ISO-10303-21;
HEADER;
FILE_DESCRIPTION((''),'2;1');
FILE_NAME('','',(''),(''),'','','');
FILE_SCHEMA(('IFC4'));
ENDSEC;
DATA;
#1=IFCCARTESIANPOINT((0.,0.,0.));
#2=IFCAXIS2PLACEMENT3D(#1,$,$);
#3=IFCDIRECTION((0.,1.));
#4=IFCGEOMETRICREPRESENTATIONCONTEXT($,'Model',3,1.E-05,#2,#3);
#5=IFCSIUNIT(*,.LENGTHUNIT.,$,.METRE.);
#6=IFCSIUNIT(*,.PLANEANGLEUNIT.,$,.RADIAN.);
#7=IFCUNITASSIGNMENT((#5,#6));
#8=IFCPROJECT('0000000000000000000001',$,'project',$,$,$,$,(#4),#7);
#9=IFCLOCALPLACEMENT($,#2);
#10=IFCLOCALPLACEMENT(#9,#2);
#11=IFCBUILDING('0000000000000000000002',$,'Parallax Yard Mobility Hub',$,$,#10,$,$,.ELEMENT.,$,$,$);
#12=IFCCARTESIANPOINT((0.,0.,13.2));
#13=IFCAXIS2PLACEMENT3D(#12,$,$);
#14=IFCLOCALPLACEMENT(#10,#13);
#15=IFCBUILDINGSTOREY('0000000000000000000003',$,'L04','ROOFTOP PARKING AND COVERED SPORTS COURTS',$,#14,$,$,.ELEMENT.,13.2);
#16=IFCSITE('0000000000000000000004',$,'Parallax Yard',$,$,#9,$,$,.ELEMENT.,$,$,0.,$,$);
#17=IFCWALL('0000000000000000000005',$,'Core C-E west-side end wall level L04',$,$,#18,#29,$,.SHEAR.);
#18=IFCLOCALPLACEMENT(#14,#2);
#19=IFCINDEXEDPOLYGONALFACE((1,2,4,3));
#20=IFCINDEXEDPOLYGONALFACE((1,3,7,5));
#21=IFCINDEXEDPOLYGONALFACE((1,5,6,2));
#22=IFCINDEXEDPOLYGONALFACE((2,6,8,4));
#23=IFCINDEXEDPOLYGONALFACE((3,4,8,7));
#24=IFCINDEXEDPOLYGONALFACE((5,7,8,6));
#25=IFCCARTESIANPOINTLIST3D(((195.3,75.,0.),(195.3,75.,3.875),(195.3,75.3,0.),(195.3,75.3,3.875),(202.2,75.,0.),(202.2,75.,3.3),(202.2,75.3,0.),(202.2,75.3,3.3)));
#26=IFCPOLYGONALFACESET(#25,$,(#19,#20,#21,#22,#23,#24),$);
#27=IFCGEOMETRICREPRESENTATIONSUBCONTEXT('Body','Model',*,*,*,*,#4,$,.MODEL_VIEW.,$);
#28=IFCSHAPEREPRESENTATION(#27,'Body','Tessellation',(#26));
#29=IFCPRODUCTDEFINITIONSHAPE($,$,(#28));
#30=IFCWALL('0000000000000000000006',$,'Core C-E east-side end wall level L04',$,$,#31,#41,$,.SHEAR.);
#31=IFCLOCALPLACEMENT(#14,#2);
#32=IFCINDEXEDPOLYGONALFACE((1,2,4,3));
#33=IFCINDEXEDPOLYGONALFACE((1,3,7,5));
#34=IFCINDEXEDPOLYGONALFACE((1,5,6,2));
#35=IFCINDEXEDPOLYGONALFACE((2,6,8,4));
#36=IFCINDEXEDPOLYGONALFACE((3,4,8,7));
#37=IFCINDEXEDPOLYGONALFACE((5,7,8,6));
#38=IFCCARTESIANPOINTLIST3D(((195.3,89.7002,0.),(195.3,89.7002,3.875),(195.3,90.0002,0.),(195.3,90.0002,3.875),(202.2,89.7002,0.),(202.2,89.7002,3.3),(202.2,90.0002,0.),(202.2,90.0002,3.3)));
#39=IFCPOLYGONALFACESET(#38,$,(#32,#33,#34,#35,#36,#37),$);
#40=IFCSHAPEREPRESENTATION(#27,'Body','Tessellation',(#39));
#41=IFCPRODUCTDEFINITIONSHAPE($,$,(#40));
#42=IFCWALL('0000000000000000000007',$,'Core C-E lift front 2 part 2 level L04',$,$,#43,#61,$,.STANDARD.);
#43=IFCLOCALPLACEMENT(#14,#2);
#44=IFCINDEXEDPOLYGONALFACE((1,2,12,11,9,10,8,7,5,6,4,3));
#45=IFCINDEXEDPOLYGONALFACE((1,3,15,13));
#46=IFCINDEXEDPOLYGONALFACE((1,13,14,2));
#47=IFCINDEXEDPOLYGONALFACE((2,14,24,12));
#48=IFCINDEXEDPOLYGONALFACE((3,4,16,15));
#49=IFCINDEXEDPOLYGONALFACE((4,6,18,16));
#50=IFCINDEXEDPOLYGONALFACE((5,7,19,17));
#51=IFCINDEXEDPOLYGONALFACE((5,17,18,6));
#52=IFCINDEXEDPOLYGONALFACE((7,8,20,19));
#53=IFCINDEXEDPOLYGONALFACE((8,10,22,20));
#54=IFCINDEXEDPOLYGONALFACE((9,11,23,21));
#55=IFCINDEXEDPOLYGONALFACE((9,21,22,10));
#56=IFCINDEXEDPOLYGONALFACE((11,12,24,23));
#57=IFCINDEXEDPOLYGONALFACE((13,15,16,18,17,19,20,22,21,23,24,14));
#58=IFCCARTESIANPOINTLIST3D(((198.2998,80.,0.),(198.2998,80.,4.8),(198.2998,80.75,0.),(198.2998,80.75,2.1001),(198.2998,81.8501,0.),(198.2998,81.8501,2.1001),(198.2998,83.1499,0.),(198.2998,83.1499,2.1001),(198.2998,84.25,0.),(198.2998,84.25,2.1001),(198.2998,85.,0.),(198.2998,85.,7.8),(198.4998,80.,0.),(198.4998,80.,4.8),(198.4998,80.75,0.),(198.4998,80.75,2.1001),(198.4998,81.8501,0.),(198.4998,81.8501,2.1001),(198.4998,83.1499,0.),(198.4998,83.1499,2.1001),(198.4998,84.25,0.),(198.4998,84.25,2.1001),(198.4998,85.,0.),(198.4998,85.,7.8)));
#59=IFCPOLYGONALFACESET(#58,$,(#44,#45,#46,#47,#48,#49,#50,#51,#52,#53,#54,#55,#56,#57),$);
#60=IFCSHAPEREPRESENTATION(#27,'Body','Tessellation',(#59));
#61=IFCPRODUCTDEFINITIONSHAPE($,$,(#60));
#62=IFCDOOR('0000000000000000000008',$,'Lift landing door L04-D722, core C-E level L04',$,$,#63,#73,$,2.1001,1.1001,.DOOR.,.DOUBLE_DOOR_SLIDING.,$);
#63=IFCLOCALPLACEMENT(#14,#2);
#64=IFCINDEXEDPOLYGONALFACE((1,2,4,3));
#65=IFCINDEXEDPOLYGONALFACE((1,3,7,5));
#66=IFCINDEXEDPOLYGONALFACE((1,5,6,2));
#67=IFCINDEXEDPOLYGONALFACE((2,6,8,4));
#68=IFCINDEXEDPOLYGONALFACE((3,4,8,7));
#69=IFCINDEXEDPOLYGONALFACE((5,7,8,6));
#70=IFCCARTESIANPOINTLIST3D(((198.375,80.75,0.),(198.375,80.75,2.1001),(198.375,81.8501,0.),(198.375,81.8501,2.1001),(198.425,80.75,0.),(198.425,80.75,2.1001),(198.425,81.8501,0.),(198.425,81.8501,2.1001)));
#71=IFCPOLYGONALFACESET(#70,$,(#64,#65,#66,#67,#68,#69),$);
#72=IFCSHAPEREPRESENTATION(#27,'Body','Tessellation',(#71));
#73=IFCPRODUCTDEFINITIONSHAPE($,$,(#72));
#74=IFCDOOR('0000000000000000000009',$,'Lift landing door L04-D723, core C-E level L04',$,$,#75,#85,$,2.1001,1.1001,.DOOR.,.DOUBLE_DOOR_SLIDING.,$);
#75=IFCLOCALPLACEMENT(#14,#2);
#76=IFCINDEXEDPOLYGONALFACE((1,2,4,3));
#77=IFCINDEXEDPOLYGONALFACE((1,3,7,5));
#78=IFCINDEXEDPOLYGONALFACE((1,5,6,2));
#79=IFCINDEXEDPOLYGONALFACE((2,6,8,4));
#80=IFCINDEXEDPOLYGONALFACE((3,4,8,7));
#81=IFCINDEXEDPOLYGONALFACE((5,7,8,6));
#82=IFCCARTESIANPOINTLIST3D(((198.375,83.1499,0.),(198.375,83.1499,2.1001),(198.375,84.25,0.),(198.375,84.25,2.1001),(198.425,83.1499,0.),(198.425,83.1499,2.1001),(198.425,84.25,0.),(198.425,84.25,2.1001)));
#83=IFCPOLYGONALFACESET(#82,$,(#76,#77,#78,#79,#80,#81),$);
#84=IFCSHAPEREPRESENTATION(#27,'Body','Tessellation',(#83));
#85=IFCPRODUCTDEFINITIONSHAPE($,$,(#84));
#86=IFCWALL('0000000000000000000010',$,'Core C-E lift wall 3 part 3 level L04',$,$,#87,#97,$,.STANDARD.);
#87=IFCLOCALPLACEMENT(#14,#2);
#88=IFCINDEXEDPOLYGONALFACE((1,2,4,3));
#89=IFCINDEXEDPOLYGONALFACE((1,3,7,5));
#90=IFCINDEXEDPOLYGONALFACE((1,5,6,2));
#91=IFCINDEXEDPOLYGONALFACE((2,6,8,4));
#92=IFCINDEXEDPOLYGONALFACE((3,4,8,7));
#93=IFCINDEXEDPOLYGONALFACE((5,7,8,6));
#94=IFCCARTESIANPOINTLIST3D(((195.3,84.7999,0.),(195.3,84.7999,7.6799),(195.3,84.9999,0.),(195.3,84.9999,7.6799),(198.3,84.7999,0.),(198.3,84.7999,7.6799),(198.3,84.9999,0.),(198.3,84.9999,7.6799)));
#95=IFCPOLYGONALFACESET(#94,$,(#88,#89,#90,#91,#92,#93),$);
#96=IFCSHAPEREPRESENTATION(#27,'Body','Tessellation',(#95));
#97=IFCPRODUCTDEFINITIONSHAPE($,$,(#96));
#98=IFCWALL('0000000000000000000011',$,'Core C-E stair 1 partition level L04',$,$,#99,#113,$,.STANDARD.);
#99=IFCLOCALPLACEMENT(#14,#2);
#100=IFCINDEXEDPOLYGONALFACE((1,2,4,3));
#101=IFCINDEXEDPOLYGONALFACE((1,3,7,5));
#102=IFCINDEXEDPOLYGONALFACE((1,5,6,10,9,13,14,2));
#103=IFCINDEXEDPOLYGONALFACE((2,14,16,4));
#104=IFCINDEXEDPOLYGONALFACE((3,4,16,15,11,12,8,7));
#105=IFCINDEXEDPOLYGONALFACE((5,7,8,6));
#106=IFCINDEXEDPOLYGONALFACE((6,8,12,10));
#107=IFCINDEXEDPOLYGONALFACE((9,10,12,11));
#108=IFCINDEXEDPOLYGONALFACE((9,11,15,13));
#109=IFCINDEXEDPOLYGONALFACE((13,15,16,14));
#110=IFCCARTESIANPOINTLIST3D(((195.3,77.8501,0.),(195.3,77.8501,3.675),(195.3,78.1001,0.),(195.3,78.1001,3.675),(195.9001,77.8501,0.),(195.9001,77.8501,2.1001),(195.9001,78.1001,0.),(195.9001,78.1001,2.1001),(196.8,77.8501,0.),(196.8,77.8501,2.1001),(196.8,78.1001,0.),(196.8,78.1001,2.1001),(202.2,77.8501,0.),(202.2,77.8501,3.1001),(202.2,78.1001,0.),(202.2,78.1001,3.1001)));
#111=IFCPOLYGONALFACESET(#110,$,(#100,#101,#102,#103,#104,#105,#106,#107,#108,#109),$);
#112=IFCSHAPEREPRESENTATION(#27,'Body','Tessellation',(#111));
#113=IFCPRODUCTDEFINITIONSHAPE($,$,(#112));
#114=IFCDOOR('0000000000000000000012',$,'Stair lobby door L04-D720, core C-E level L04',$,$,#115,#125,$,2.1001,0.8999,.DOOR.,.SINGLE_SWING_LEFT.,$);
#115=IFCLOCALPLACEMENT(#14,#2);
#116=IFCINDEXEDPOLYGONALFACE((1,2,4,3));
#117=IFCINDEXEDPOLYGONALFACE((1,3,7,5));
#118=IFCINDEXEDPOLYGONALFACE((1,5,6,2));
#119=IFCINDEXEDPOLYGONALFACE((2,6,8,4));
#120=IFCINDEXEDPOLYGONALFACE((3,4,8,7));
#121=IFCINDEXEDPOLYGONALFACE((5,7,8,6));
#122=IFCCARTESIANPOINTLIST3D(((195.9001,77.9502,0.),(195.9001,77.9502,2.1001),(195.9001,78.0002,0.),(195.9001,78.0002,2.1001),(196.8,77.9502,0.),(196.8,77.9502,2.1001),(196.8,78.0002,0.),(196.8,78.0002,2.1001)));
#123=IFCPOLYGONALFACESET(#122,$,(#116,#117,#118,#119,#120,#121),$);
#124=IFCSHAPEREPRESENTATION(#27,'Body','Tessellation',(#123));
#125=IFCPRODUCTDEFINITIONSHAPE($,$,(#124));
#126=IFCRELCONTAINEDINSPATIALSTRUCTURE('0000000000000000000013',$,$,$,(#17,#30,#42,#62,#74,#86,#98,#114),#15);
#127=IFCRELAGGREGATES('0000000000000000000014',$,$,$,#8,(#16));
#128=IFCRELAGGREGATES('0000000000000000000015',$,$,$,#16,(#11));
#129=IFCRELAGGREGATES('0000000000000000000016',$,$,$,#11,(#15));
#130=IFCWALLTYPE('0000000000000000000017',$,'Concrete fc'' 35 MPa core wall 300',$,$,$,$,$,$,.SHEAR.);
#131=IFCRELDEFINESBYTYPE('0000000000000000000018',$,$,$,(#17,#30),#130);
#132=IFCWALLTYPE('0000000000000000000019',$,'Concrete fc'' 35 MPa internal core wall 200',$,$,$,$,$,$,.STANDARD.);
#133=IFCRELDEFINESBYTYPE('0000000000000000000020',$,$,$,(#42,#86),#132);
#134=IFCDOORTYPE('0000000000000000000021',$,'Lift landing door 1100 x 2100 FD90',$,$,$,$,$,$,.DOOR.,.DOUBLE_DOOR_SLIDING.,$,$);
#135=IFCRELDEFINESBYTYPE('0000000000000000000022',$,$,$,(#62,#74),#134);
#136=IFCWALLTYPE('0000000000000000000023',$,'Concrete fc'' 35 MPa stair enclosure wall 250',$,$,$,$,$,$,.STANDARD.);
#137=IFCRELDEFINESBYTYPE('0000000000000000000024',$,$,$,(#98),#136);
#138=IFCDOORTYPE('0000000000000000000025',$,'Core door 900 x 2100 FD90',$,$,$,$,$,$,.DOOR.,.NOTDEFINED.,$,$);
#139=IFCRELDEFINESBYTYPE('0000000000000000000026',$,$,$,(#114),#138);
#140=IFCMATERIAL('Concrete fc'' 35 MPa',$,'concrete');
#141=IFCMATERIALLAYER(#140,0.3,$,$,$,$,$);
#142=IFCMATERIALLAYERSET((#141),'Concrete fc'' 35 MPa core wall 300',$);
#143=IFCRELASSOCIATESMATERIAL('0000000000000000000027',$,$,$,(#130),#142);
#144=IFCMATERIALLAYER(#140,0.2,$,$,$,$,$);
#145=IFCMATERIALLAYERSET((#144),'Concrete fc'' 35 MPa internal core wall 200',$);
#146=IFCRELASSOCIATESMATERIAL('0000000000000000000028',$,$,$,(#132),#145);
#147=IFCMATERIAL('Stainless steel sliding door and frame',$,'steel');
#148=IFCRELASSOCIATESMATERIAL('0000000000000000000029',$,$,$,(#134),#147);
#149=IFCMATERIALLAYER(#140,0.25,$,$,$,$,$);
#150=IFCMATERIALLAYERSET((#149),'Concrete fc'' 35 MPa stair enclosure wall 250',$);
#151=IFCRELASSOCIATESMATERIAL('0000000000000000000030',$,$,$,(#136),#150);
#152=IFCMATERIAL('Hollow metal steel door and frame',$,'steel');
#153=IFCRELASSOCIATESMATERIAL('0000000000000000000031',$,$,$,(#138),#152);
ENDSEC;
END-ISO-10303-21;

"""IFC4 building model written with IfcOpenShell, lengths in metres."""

from ifc_helpers import new_model, si_unit, direction, frame, frame_2d, origin, place, context, subcontext, project, spatial, polyline, rectangle, outline, extrude, material, layer, layer_set, type_object, element, fill, save


model = new_model("IFC4")

# Units and contexts
model_context = context("Model", 3, precision=1e-05, world=origin(), true_north=direction((0.0, 1.0)))
body_context = subcontext(model_context, "Body", "Model", "MODEL_VIEW")
ifc_project = project(units=[si_unit("LENGTHUNIT", "METRE"), si_unit("PLANEANGLEUNIT", "RADIAN")], contexts=[model_context])

# Site, building, storey
site_placement = place(None, origin())
site = spatial("IfcSite", under=ifc_project, at=site_placement, Name="Parallax Yard", CompositionType="ELEMENT", RefElevation=0.0)
building_placement = place(site_placement, origin())
building = spatial("IfcBuilding", under=site, at=building_placement, Name="Parallax Yard Mobility Hub", CompositionType="ELEMENT")
storey_placement = place(building_placement, frame((0.0, 0.0, 13.2)))
storey = spatial("IfcBuildingStorey", under=building, at=storey_placement, Name="L04", Description="ROOFTOP PARKING AND COVERED SPORTS COURTS", CompositionType="ELEMENT", Elevation=13.2)

# Shared definitions
ifc_material_1 = material(Name="Concrete fc' 35 MPa", Category="concrete")
ifc_layer_1 = layer(ifc_material_1, 0.3)
ifc_layer_set_1 = layer_set([ifc_layer_1], Name="Concrete fc' 35 MPa core wall 300")
wall_type_1 = type_object("IfcWallType", Name="Concrete fc' 35 MPa core wall 300", PredefinedType="SHEAR", material=ifc_layer_set_1)
ifc_material_2 = material(Name="Hollow metal steel door and frame", Category="steel")

# Walls
for number, where, z_axis, x_axis, name in (
    (1, (202.2, 75.1499, 0.0), (0.0, 0.0, 1.0), (-1.0, 0.0, 0.0), "Core C-E west-side end wall level L04"),
    (2, (202.2, 89.8501, 0.0), (0.0, 0.0, 1.0), (-1.0, 0.0, 0.0), "Core C-E east-side end wall level L04"),
):
    element("IfcWall", number, at=place(storey_placement, frame(where, z_axis=z_axis, x_axis=x_axis)), inside=storey, type_object=wall_type_1, Name=name, PredefinedType="SHEAR", context=body_context, shape_type="SweptSolid", body=[
        extrude(outline(polyline([(0.0, 0.0), (6.8999, 0.0), (6.8999, 3.875), (0.0, 3.3), (0.0, 0.0)])), frame((0.0, 0.1499, 0.0), z_axis=(0.0, -1.0, 0.0), x_axis=(1.0, 0.0, 0.0)), (0.0, 0.0, 1.0), 0.3),
    ])

# Wall, openings, doors
ifc_layer_2 = layer(ifc_material_1, 0.2)
ifc_layer_set_2 = layer_set([ifc_layer_2], Name="Concrete fc' 35 MPa internal core wall 200")
wall_type_2 = type_object("IfcWallType", Name="Concrete fc' 35 MPa internal core wall 200", PredefinedType="STANDARD", material=ifc_layer_set_2)
wall_1_placement = place(storey_placement, frame((198.3999, 80.0, 0.0), z_axis=(0.0, 0.0, 1.0), x_axis=(0.0, 1.0, 0.0)))
wall_1 = element("IfcWall", 3, at=wall_1_placement, inside=storey, type_object=wall_type_2, Name="Core C-E lift front 2 part 2 level L04", PredefinedType="STANDARD", context=body_context, shape_type="SweptSolid", body=[
    extrude(outline(polyline([(0.0, 0.0), (5.0, 0.0), (5.0, 7.8), (0.0, 4.8), (0.0, 0.0)])), frame((0.0, 0.1001, 0.0), z_axis=(0.0, -1.0, 0.0), x_axis=(1.0, 0.0, 0.0)), (0.0, 0.0, 1.0), 0.2),
])
opening_1_placement = place(wall_1_placement, frame((0.75, 0.0, 0.0)))
opening_1 = element("IfcOpeningElement", 4, at=opening_1_placement, cuts=wall_1, PredefinedType="OPENING", context=body_context, shape_type="SweptSolid", body=[
    extrude(rectangle(XDim=1.1001, YDim=2.1001, at=frame_2d((0.55, 1.05))), frame((0.0, 0.1099, 0.0), z_axis=(0.0, -1.0, 0.0), x_axis=(1.0, 0.0, 0.0)), (0.0, 0.0, 1.0), 0.22),
])
opening_2_placement = place(wall_1_placement, frame((3.1499, 0.0, 0.0)))
opening_2 = element("IfcOpeningElement", 5, at=opening_2_placement, cuts=wall_1, PredefinedType="OPENING", context=body_context, shape_type="SweptSolid", body=[
    extrude(rectangle(XDim=1.1001, YDim=2.1001, at=frame_2d((0.55, 1.05))), frame((0.0, 0.1099, 0.0), z_axis=(0.0, -1.0, 0.0), x_axis=(1.0, 0.0, 0.0)), (0.0, 0.0, 1.0), 0.22),
])
ifc_material_3 = material(Name="Stainless steel sliding door and frame", Category="steel")
door_type_1 = type_object("IfcDoorType", Name="Lift landing door 1100 x 2100 FD90", OperationType="DOUBLE_DOOR_SLIDING", PredefinedType="DOOR", material=ifc_material_3)
door_1_placement = place(opening_1_placement, origin())
door_1 = element("IfcDoor", 6, at=door_1_placement, inside=storey, type_object=door_type_1, Name="Lift landing door L04-D722, core C-E level L04", OperationType="DOUBLE_DOOR_SLIDING", OverallHeight=2.1001, OverallWidth=1.1001, PredefinedType="DOOR", context=body_context, shape_type="SweptSolid", body=[
    extrude(rectangle(XDim=1.1001, YDim=2.1001, at=frame_2d((0.55, 1.05))), frame((0.0, 0.0249, 0.0), z_axis=(0.0, -1.0, 0.0), x_axis=(1.0, 0.0, 0.0)), (0.0, 0.0, 1.0), 0.05),
])
fill(opening_1, door_1)
door_2_placement = place(opening_2_placement, origin())
door_2 = element("IfcDoor", 7, at=door_2_placement, inside=storey, type_object=door_type_1, Name="Lift landing door L04-D723, core C-E level L04", OperationType="DOUBLE_DOOR_SLIDING", OverallHeight=2.1001, OverallWidth=1.1001, PredefinedType="DOOR", context=body_context, shape_type="SweptSolid", body=[
    extrude(rectangle(XDim=1.1001, YDim=2.1001, at=frame_2d((0.55, 1.05))), frame((0.0, 0.0249, 0.0), z_axis=(0.0, -1.0, 0.0), x_axis=(1.0, 0.0, 0.0)), (0.0, 0.0, 1.0), 0.05),
])
fill(opening_2, door_2)

# Wall
wall_2_placement = place(storey_placement, frame((198.3, 84.8999, 0.0), z_axis=(0.0, 0.0, 1.0), x_axis=(-1.0, 0.0, 0.0)))
element("IfcWall", 8, at=wall_2_placement, inside=storey, type_object=wall_type_2, Name="Core C-E lift wall 3 part 3 level L04", PredefinedType="STANDARD", context=body_context, shape_type="SweptSolid", body=[
    extrude(rectangle(XDim=3.0, YDim=0.2, at=frame_2d((1.5, 0.0))), origin(), (0.0, 0.0, 1.0), 7.6799),
])

# Wall, opening, door
ifc_layer_3 = layer(ifc_material_1, 0.25)
ifc_layer_set_3 = layer_set([ifc_layer_3], Name="Concrete fc' 35 MPa stair enclosure wall 250")
wall_type_3 = type_object("IfcWallType", Name="Concrete fc' 35 MPa stair enclosure wall 250", PredefinedType="STANDARD", material=ifc_layer_set_3)
wall_3_placement = place(storey_placement, frame((202.2, 77.9751, 0.0), z_axis=(0.0, 0.0, 1.0), x_axis=(-1.0, 0.0, 0.0)))
wall_3 = element("IfcWall", 9, at=wall_3_placement, inside=storey, type_object=wall_type_3, Name="Core C-E stair 1 partition level L04", PredefinedType="STANDARD", context=body_context, shape_type="SweptSolid", body=[
    extrude(outline(polyline([(0.0, 0.0), (6.8999, 0.0), (6.8999, 3.675), (0.0, 3.1001), (0.0, 0.0)])), frame((0.0, 0.125, 0.0), z_axis=(0.0, -1.0, 0.0), x_axis=(1.0, 0.0, 0.0)), (0.0, 0.0, 1.0), 0.25),
])
opening_3_placement = place(wall_3_placement, frame((5.3999, 0.0, 0.0)))
opening_3 = element("IfcOpeningElement", 10, at=opening_3_placement, cuts=wall_3, PredefinedType="OPENING", context=body_context, shape_type="SweptSolid", body=[
    extrude(rectangle(XDim=0.8999, YDim=2.1001, at=frame_2d((0.45, 1.05))), frame((0.0, 0.135, 0.0), z_axis=(0.0, -1.0, 0.0), x_axis=(1.0, 0.0, 0.0)), (0.0, 0.0, 1.0), 0.27),
])
door_type_2 = type_object("IfcDoorType", Name="Core door 900 x 2100 FD90", OperationType="NOTDEFINED", PredefinedType="DOOR", material=ifc_material_2)
door_3_placement = place(opening_3_placement, origin())
door_3 = element("IfcDoor", 11, at=door_3_placement, inside=storey, type_object=door_type_2, Name="Stair lobby door L04-D720, core C-E level L04", OperationType="SINGLE_SWING_LEFT", OverallHeight=2.1001, OverallWidth=0.8999, PredefinedType="DOOR", context=body_context, shape_type="SweptSolid", body=[
    extrude(rectangle(XDim=0.8999, YDim=2.1001, at=frame_2d((0.45, 1.05))), frame((0.0, 0.0249, 0.0), z_axis=(0.0, -1.0, 0.0), x_axis=(1.0, 0.0, 0.0)), (0.0, 0.0, 1.0), 0.05),
])
fill(opening_3, door_3)

save(model, "model.ifc")
